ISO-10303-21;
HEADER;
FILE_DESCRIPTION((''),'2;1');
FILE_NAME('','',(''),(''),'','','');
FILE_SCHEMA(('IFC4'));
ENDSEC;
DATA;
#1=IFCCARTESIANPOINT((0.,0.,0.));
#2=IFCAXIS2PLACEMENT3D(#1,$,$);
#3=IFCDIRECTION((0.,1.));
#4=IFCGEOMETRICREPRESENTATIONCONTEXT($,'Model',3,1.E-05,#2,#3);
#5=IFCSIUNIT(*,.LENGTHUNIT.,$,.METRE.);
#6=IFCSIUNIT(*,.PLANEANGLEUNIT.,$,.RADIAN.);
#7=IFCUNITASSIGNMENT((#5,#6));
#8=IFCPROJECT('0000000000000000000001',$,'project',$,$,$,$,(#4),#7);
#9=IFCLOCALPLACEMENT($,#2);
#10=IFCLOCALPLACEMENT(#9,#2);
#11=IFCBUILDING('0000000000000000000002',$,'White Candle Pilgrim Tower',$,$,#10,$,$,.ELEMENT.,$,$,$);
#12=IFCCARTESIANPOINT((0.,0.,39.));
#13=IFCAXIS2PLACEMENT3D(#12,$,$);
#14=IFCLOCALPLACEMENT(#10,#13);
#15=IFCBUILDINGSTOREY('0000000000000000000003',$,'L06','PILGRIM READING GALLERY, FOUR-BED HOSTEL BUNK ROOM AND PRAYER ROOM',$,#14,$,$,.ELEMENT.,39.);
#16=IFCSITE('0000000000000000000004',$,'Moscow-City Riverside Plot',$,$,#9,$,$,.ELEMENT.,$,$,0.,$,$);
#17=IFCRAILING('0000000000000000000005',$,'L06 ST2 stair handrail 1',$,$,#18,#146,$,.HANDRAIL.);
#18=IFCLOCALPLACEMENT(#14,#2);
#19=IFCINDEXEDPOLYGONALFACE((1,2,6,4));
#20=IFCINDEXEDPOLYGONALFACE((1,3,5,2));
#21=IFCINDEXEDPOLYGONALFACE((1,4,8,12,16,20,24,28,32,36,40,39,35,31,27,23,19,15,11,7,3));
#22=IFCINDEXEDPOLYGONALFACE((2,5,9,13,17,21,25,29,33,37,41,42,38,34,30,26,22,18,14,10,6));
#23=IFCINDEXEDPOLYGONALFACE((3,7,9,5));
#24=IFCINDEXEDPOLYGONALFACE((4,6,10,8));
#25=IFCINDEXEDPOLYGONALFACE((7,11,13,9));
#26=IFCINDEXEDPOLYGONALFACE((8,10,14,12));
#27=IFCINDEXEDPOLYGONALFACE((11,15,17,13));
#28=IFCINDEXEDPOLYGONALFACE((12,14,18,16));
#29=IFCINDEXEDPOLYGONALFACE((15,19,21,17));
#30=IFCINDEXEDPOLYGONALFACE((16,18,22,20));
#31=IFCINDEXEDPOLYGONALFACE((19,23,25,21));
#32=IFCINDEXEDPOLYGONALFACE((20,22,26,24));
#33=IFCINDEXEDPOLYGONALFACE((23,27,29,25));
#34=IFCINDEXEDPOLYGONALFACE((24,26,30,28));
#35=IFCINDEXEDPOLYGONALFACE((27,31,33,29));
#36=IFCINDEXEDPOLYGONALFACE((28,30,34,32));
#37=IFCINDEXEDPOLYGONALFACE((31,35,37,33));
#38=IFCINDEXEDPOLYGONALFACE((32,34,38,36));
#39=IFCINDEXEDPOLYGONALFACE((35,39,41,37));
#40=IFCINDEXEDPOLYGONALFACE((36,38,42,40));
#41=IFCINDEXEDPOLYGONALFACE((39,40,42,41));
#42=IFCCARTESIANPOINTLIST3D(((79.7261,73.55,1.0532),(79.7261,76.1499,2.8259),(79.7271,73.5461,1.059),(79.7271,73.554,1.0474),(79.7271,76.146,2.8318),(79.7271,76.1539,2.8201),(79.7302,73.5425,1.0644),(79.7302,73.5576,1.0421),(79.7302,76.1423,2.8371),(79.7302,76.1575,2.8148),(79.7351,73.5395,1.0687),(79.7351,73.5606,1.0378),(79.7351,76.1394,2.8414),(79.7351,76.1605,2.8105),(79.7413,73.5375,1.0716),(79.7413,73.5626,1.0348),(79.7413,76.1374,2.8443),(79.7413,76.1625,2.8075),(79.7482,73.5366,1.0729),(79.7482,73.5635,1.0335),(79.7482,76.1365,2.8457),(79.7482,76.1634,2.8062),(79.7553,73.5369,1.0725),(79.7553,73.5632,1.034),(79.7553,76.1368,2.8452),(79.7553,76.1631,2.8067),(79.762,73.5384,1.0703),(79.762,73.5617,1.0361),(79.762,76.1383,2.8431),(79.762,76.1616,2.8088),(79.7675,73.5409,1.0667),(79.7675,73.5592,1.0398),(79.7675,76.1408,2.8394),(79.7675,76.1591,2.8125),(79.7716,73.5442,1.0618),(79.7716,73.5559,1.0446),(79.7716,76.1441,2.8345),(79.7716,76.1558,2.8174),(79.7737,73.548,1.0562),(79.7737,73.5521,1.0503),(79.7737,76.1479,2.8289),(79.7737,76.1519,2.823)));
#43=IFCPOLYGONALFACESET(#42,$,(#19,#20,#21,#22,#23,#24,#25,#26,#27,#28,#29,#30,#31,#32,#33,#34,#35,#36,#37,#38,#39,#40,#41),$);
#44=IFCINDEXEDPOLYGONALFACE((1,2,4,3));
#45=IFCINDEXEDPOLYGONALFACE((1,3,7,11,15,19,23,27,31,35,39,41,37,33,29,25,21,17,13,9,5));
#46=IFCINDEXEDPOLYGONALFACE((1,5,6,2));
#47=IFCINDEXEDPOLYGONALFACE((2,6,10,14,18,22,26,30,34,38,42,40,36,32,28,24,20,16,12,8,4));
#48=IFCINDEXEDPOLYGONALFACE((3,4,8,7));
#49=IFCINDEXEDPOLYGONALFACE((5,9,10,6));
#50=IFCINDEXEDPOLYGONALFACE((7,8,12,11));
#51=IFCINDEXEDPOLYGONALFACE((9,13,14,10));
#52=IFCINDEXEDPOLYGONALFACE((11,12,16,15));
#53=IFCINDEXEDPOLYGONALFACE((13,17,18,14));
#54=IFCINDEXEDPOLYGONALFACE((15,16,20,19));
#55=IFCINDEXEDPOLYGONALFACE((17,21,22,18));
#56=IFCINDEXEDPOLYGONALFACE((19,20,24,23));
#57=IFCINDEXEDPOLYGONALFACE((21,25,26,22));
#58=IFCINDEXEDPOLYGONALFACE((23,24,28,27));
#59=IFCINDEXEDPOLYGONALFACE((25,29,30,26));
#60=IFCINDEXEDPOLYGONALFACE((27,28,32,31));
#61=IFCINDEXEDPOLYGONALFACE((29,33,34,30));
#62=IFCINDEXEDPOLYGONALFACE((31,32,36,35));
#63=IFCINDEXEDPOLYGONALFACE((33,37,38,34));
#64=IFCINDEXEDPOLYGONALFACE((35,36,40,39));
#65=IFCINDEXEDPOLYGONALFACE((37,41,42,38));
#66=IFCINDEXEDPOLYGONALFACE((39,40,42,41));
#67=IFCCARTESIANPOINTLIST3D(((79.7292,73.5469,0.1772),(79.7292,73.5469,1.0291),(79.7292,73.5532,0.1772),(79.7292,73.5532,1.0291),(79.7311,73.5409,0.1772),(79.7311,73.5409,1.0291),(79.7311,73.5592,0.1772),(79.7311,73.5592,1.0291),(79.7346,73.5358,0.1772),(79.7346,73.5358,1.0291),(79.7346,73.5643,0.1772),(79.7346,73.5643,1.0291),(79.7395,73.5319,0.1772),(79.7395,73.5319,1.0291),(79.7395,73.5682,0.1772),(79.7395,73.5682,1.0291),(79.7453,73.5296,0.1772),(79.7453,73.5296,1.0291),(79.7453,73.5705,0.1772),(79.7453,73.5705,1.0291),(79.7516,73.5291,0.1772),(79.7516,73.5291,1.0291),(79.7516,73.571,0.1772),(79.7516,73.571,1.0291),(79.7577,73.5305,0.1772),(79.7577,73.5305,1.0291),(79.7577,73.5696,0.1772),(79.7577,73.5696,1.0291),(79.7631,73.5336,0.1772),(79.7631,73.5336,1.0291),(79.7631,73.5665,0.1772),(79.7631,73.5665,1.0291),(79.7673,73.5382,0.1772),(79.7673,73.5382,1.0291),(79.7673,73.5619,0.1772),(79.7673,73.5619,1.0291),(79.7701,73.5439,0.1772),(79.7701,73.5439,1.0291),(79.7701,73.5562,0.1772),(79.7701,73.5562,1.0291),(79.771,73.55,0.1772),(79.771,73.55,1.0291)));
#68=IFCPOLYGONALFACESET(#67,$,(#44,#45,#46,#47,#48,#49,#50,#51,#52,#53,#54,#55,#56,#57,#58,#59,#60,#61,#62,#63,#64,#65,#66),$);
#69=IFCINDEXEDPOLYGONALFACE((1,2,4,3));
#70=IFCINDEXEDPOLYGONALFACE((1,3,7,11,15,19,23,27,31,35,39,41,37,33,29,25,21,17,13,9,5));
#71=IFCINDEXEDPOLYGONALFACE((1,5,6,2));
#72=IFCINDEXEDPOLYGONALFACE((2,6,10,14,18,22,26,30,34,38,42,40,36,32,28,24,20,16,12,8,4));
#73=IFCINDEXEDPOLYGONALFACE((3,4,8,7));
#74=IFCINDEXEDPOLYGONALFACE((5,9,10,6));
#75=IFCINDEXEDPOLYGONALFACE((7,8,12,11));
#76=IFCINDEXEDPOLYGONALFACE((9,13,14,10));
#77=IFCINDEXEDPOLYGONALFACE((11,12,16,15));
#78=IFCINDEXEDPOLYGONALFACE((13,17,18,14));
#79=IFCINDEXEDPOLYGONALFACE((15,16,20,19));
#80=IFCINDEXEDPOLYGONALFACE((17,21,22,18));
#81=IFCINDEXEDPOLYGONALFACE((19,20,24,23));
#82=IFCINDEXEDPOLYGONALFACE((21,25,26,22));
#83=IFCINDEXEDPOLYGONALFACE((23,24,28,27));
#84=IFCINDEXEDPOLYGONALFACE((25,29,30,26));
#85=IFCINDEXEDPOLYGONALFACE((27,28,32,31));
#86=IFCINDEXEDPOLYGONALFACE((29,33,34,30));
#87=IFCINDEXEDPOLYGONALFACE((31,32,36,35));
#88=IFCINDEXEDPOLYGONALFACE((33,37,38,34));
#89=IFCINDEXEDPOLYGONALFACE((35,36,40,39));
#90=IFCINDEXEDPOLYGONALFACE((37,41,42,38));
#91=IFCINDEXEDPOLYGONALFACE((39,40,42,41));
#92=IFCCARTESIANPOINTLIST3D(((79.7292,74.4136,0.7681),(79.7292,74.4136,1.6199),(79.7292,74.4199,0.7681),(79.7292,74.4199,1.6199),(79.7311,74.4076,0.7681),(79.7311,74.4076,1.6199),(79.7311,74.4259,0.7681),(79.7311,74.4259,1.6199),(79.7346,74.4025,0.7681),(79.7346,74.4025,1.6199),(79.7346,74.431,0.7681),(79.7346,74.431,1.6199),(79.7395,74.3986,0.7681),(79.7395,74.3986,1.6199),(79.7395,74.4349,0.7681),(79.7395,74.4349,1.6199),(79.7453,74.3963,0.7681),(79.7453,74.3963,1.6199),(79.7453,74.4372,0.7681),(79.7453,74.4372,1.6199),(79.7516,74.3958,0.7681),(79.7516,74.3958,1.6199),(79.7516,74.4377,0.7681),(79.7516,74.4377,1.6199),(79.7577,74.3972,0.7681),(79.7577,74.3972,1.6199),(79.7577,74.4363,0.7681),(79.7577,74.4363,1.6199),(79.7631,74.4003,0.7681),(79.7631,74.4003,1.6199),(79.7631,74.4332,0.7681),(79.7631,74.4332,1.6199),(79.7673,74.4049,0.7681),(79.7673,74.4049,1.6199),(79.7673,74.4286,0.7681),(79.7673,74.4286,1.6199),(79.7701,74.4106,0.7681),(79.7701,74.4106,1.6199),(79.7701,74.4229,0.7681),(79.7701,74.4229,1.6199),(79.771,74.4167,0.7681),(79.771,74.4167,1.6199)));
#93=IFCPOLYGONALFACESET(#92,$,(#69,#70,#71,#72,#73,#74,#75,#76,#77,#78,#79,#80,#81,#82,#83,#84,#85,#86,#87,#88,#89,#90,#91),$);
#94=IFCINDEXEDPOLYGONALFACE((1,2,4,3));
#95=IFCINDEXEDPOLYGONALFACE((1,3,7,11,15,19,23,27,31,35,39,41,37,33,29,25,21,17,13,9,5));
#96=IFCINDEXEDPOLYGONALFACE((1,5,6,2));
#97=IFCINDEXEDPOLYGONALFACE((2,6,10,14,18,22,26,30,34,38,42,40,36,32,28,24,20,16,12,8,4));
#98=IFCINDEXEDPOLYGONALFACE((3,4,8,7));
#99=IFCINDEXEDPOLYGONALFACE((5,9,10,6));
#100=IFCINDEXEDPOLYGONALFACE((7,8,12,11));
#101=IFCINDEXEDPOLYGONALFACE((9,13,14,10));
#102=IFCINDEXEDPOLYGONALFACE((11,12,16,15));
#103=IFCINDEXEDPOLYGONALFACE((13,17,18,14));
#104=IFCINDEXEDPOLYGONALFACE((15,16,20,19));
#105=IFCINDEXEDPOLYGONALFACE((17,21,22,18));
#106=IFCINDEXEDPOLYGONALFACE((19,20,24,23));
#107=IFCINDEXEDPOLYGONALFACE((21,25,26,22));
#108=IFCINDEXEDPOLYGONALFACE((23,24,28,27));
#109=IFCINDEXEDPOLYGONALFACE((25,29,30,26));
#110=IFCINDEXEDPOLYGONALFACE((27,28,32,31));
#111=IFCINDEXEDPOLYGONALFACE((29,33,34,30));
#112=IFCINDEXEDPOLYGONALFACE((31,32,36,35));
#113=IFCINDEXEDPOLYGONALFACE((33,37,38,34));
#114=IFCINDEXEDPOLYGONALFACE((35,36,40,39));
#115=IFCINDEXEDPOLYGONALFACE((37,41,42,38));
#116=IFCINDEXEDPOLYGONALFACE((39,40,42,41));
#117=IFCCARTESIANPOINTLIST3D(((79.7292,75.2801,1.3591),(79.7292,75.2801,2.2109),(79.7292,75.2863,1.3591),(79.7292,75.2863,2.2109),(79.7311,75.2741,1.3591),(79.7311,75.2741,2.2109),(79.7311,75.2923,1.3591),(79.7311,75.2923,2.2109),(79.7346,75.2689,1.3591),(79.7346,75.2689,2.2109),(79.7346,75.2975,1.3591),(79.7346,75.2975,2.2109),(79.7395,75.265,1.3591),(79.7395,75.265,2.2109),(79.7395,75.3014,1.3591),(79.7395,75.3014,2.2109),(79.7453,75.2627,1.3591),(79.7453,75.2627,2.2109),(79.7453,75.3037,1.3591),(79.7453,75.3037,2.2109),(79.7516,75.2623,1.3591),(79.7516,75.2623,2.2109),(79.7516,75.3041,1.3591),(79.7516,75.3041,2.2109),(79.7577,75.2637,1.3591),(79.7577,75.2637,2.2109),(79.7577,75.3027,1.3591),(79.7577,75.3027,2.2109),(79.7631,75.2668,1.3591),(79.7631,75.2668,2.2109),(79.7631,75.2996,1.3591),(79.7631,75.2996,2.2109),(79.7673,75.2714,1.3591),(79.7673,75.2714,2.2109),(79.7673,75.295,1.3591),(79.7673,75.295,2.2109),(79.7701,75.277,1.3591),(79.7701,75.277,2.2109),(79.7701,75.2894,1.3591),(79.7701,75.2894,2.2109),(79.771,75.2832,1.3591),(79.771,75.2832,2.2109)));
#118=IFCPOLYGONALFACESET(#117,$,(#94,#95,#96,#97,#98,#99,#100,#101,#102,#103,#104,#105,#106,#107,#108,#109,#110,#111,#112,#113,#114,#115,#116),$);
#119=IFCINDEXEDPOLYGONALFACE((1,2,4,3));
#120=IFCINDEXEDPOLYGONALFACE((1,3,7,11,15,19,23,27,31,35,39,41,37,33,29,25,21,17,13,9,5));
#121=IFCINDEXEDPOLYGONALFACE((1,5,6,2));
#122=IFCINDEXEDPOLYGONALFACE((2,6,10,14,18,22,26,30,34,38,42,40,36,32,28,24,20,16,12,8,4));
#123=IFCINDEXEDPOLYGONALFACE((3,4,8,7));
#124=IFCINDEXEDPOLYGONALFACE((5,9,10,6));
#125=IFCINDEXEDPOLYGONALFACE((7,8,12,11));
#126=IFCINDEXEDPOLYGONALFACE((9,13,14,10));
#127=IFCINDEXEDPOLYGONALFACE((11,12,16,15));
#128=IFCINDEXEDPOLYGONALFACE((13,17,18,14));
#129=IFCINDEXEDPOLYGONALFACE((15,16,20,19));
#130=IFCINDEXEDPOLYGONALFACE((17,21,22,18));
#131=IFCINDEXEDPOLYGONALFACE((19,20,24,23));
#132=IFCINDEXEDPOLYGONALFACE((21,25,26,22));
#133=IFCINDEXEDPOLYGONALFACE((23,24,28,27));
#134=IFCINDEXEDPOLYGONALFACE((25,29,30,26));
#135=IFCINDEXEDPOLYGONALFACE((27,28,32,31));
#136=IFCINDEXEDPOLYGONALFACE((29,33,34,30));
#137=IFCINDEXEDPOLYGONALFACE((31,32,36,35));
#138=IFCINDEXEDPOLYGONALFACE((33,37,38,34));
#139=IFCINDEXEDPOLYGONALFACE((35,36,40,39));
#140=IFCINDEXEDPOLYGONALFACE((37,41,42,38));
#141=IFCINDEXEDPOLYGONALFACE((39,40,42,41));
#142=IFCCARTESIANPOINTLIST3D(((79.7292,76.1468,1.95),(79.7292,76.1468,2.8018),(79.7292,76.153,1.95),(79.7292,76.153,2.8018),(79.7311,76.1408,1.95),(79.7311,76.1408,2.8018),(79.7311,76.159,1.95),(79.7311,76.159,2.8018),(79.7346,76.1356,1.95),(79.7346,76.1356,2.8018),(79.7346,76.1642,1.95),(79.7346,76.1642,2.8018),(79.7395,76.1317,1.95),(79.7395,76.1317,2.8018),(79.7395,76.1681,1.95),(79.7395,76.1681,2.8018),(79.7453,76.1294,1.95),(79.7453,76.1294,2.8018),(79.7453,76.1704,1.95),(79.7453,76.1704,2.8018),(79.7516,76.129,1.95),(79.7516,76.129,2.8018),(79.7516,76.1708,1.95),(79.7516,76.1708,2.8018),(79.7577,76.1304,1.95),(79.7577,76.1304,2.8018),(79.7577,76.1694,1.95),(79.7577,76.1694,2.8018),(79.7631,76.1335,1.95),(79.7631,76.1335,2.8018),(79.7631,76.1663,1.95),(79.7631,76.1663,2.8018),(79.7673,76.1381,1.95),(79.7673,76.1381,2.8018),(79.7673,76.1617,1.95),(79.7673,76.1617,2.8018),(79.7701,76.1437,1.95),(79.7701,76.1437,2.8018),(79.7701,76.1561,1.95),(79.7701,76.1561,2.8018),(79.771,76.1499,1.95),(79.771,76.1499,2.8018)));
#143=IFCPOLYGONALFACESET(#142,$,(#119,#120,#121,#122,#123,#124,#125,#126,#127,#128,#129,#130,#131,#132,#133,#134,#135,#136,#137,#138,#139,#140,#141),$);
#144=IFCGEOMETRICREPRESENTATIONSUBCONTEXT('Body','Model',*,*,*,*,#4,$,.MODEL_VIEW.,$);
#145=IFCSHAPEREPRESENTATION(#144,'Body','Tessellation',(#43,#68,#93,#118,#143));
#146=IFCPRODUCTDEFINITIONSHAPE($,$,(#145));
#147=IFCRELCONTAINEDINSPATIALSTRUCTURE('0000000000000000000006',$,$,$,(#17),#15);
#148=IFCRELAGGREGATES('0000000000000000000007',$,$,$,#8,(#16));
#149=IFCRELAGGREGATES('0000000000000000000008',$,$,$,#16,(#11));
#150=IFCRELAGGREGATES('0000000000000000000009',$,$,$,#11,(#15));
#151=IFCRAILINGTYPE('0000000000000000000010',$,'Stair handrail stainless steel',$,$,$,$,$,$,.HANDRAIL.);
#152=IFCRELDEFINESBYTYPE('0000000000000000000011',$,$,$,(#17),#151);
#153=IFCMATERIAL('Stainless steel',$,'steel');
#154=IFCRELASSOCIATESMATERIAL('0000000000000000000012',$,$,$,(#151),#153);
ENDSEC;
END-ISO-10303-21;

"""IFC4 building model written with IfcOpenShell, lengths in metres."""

from ifc_helpers import new_model, si_unit, direction, frame, origin, origin_2d, place, context, subcontext, project, spatial, circle, extrude, material, type_object, element, save


model = new_model("IFC4")

# Units and contexts
model_context = context("Model", 3, precision=1e-05, world=origin(), true_north=direction((0.0, 1.0)))
body_context = subcontext(model_context, "Body", "Model", "MODEL_VIEW")
ifc_project = project(units=[si_unit("LENGTHUNIT", "METRE"), si_unit("PLANEANGLEUNIT", "RADIAN")], contexts=[model_context])

# Site, building, storey
site_placement = place(None, origin())
site = spatial("IfcSite", under=ifc_project, at=site_placement, Name="Moscow-City Riverside Plot", CompositionType="ELEMENT", RefElevation=0.0)
building_placement = place(site_placement, origin())
building = spatial("IfcBuilding", under=site, at=building_placement, Name="White Candle Pilgrim Tower", CompositionType="ELEMENT")
storey_placement = place(building_placement, frame((0.0, 0.0, 39.0)))
storey = spatial("IfcBuildingStorey", under=building, at=storey_placement, Name="L06", Description="PILGRIM READING GALLERY, FOUR-BED HOSTEL BUNK ROOM AND PRAYER ROOM", CompositionType="ELEMENT", Elevation=39.0)

# Railing
ifc_material_1 = material(Name="Stainless steel", Category="steel")
railing_type_1 = type_object("IfcRailingType", Name="Stair handrail stainless steel", PredefinedType="HANDRAIL", material=ifc_material_1)
railing_1_placement = place(storey_placement, frame((79.75, 73.55, 0.1772)))
element("IfcRailing", 1, at=railing_1_placement, inside=storey, type_object=railing_type_1, Name="L06 ST2 stair handrail 1", PredefinedType="HANDRAIL", context=body_context, shape_type="SweptSolid", body=[
    extrude(circle(Radius=0.0239, at=origin_2d()), frame((0.0, 0.0, 0.876), z_axis=(0.0, 0.826216, 0.563354), x_axis=(-1.0, 0.0, 0.0)), (0.0, 0.0, 1.0), 3.1467),
    extrude(circle(Radius=0.021, at=origin_2d()), origin(), (0.0, 0.0, 1.0), 0.8518),
    extrude(circle(Radius=0.021, at=origin_2d()), frame((0.0, 0.8667, 0.5908)), (0.0, 0.0, 1.0), 0.8518),
    extrude(circle(Radius=0.021, at=origin_2d()), frame((0.0, 1.7332, 1.1819)), (0.0, 0.0, 1.0), 0.8518),
    extrude(circle(Radius=0.021, at=origin_2d()), frame((0.0, 2.5999, 1.7727)), (0.0, 0.0, 1.0), 0.8518),
])

save(model, "model.ifc")
